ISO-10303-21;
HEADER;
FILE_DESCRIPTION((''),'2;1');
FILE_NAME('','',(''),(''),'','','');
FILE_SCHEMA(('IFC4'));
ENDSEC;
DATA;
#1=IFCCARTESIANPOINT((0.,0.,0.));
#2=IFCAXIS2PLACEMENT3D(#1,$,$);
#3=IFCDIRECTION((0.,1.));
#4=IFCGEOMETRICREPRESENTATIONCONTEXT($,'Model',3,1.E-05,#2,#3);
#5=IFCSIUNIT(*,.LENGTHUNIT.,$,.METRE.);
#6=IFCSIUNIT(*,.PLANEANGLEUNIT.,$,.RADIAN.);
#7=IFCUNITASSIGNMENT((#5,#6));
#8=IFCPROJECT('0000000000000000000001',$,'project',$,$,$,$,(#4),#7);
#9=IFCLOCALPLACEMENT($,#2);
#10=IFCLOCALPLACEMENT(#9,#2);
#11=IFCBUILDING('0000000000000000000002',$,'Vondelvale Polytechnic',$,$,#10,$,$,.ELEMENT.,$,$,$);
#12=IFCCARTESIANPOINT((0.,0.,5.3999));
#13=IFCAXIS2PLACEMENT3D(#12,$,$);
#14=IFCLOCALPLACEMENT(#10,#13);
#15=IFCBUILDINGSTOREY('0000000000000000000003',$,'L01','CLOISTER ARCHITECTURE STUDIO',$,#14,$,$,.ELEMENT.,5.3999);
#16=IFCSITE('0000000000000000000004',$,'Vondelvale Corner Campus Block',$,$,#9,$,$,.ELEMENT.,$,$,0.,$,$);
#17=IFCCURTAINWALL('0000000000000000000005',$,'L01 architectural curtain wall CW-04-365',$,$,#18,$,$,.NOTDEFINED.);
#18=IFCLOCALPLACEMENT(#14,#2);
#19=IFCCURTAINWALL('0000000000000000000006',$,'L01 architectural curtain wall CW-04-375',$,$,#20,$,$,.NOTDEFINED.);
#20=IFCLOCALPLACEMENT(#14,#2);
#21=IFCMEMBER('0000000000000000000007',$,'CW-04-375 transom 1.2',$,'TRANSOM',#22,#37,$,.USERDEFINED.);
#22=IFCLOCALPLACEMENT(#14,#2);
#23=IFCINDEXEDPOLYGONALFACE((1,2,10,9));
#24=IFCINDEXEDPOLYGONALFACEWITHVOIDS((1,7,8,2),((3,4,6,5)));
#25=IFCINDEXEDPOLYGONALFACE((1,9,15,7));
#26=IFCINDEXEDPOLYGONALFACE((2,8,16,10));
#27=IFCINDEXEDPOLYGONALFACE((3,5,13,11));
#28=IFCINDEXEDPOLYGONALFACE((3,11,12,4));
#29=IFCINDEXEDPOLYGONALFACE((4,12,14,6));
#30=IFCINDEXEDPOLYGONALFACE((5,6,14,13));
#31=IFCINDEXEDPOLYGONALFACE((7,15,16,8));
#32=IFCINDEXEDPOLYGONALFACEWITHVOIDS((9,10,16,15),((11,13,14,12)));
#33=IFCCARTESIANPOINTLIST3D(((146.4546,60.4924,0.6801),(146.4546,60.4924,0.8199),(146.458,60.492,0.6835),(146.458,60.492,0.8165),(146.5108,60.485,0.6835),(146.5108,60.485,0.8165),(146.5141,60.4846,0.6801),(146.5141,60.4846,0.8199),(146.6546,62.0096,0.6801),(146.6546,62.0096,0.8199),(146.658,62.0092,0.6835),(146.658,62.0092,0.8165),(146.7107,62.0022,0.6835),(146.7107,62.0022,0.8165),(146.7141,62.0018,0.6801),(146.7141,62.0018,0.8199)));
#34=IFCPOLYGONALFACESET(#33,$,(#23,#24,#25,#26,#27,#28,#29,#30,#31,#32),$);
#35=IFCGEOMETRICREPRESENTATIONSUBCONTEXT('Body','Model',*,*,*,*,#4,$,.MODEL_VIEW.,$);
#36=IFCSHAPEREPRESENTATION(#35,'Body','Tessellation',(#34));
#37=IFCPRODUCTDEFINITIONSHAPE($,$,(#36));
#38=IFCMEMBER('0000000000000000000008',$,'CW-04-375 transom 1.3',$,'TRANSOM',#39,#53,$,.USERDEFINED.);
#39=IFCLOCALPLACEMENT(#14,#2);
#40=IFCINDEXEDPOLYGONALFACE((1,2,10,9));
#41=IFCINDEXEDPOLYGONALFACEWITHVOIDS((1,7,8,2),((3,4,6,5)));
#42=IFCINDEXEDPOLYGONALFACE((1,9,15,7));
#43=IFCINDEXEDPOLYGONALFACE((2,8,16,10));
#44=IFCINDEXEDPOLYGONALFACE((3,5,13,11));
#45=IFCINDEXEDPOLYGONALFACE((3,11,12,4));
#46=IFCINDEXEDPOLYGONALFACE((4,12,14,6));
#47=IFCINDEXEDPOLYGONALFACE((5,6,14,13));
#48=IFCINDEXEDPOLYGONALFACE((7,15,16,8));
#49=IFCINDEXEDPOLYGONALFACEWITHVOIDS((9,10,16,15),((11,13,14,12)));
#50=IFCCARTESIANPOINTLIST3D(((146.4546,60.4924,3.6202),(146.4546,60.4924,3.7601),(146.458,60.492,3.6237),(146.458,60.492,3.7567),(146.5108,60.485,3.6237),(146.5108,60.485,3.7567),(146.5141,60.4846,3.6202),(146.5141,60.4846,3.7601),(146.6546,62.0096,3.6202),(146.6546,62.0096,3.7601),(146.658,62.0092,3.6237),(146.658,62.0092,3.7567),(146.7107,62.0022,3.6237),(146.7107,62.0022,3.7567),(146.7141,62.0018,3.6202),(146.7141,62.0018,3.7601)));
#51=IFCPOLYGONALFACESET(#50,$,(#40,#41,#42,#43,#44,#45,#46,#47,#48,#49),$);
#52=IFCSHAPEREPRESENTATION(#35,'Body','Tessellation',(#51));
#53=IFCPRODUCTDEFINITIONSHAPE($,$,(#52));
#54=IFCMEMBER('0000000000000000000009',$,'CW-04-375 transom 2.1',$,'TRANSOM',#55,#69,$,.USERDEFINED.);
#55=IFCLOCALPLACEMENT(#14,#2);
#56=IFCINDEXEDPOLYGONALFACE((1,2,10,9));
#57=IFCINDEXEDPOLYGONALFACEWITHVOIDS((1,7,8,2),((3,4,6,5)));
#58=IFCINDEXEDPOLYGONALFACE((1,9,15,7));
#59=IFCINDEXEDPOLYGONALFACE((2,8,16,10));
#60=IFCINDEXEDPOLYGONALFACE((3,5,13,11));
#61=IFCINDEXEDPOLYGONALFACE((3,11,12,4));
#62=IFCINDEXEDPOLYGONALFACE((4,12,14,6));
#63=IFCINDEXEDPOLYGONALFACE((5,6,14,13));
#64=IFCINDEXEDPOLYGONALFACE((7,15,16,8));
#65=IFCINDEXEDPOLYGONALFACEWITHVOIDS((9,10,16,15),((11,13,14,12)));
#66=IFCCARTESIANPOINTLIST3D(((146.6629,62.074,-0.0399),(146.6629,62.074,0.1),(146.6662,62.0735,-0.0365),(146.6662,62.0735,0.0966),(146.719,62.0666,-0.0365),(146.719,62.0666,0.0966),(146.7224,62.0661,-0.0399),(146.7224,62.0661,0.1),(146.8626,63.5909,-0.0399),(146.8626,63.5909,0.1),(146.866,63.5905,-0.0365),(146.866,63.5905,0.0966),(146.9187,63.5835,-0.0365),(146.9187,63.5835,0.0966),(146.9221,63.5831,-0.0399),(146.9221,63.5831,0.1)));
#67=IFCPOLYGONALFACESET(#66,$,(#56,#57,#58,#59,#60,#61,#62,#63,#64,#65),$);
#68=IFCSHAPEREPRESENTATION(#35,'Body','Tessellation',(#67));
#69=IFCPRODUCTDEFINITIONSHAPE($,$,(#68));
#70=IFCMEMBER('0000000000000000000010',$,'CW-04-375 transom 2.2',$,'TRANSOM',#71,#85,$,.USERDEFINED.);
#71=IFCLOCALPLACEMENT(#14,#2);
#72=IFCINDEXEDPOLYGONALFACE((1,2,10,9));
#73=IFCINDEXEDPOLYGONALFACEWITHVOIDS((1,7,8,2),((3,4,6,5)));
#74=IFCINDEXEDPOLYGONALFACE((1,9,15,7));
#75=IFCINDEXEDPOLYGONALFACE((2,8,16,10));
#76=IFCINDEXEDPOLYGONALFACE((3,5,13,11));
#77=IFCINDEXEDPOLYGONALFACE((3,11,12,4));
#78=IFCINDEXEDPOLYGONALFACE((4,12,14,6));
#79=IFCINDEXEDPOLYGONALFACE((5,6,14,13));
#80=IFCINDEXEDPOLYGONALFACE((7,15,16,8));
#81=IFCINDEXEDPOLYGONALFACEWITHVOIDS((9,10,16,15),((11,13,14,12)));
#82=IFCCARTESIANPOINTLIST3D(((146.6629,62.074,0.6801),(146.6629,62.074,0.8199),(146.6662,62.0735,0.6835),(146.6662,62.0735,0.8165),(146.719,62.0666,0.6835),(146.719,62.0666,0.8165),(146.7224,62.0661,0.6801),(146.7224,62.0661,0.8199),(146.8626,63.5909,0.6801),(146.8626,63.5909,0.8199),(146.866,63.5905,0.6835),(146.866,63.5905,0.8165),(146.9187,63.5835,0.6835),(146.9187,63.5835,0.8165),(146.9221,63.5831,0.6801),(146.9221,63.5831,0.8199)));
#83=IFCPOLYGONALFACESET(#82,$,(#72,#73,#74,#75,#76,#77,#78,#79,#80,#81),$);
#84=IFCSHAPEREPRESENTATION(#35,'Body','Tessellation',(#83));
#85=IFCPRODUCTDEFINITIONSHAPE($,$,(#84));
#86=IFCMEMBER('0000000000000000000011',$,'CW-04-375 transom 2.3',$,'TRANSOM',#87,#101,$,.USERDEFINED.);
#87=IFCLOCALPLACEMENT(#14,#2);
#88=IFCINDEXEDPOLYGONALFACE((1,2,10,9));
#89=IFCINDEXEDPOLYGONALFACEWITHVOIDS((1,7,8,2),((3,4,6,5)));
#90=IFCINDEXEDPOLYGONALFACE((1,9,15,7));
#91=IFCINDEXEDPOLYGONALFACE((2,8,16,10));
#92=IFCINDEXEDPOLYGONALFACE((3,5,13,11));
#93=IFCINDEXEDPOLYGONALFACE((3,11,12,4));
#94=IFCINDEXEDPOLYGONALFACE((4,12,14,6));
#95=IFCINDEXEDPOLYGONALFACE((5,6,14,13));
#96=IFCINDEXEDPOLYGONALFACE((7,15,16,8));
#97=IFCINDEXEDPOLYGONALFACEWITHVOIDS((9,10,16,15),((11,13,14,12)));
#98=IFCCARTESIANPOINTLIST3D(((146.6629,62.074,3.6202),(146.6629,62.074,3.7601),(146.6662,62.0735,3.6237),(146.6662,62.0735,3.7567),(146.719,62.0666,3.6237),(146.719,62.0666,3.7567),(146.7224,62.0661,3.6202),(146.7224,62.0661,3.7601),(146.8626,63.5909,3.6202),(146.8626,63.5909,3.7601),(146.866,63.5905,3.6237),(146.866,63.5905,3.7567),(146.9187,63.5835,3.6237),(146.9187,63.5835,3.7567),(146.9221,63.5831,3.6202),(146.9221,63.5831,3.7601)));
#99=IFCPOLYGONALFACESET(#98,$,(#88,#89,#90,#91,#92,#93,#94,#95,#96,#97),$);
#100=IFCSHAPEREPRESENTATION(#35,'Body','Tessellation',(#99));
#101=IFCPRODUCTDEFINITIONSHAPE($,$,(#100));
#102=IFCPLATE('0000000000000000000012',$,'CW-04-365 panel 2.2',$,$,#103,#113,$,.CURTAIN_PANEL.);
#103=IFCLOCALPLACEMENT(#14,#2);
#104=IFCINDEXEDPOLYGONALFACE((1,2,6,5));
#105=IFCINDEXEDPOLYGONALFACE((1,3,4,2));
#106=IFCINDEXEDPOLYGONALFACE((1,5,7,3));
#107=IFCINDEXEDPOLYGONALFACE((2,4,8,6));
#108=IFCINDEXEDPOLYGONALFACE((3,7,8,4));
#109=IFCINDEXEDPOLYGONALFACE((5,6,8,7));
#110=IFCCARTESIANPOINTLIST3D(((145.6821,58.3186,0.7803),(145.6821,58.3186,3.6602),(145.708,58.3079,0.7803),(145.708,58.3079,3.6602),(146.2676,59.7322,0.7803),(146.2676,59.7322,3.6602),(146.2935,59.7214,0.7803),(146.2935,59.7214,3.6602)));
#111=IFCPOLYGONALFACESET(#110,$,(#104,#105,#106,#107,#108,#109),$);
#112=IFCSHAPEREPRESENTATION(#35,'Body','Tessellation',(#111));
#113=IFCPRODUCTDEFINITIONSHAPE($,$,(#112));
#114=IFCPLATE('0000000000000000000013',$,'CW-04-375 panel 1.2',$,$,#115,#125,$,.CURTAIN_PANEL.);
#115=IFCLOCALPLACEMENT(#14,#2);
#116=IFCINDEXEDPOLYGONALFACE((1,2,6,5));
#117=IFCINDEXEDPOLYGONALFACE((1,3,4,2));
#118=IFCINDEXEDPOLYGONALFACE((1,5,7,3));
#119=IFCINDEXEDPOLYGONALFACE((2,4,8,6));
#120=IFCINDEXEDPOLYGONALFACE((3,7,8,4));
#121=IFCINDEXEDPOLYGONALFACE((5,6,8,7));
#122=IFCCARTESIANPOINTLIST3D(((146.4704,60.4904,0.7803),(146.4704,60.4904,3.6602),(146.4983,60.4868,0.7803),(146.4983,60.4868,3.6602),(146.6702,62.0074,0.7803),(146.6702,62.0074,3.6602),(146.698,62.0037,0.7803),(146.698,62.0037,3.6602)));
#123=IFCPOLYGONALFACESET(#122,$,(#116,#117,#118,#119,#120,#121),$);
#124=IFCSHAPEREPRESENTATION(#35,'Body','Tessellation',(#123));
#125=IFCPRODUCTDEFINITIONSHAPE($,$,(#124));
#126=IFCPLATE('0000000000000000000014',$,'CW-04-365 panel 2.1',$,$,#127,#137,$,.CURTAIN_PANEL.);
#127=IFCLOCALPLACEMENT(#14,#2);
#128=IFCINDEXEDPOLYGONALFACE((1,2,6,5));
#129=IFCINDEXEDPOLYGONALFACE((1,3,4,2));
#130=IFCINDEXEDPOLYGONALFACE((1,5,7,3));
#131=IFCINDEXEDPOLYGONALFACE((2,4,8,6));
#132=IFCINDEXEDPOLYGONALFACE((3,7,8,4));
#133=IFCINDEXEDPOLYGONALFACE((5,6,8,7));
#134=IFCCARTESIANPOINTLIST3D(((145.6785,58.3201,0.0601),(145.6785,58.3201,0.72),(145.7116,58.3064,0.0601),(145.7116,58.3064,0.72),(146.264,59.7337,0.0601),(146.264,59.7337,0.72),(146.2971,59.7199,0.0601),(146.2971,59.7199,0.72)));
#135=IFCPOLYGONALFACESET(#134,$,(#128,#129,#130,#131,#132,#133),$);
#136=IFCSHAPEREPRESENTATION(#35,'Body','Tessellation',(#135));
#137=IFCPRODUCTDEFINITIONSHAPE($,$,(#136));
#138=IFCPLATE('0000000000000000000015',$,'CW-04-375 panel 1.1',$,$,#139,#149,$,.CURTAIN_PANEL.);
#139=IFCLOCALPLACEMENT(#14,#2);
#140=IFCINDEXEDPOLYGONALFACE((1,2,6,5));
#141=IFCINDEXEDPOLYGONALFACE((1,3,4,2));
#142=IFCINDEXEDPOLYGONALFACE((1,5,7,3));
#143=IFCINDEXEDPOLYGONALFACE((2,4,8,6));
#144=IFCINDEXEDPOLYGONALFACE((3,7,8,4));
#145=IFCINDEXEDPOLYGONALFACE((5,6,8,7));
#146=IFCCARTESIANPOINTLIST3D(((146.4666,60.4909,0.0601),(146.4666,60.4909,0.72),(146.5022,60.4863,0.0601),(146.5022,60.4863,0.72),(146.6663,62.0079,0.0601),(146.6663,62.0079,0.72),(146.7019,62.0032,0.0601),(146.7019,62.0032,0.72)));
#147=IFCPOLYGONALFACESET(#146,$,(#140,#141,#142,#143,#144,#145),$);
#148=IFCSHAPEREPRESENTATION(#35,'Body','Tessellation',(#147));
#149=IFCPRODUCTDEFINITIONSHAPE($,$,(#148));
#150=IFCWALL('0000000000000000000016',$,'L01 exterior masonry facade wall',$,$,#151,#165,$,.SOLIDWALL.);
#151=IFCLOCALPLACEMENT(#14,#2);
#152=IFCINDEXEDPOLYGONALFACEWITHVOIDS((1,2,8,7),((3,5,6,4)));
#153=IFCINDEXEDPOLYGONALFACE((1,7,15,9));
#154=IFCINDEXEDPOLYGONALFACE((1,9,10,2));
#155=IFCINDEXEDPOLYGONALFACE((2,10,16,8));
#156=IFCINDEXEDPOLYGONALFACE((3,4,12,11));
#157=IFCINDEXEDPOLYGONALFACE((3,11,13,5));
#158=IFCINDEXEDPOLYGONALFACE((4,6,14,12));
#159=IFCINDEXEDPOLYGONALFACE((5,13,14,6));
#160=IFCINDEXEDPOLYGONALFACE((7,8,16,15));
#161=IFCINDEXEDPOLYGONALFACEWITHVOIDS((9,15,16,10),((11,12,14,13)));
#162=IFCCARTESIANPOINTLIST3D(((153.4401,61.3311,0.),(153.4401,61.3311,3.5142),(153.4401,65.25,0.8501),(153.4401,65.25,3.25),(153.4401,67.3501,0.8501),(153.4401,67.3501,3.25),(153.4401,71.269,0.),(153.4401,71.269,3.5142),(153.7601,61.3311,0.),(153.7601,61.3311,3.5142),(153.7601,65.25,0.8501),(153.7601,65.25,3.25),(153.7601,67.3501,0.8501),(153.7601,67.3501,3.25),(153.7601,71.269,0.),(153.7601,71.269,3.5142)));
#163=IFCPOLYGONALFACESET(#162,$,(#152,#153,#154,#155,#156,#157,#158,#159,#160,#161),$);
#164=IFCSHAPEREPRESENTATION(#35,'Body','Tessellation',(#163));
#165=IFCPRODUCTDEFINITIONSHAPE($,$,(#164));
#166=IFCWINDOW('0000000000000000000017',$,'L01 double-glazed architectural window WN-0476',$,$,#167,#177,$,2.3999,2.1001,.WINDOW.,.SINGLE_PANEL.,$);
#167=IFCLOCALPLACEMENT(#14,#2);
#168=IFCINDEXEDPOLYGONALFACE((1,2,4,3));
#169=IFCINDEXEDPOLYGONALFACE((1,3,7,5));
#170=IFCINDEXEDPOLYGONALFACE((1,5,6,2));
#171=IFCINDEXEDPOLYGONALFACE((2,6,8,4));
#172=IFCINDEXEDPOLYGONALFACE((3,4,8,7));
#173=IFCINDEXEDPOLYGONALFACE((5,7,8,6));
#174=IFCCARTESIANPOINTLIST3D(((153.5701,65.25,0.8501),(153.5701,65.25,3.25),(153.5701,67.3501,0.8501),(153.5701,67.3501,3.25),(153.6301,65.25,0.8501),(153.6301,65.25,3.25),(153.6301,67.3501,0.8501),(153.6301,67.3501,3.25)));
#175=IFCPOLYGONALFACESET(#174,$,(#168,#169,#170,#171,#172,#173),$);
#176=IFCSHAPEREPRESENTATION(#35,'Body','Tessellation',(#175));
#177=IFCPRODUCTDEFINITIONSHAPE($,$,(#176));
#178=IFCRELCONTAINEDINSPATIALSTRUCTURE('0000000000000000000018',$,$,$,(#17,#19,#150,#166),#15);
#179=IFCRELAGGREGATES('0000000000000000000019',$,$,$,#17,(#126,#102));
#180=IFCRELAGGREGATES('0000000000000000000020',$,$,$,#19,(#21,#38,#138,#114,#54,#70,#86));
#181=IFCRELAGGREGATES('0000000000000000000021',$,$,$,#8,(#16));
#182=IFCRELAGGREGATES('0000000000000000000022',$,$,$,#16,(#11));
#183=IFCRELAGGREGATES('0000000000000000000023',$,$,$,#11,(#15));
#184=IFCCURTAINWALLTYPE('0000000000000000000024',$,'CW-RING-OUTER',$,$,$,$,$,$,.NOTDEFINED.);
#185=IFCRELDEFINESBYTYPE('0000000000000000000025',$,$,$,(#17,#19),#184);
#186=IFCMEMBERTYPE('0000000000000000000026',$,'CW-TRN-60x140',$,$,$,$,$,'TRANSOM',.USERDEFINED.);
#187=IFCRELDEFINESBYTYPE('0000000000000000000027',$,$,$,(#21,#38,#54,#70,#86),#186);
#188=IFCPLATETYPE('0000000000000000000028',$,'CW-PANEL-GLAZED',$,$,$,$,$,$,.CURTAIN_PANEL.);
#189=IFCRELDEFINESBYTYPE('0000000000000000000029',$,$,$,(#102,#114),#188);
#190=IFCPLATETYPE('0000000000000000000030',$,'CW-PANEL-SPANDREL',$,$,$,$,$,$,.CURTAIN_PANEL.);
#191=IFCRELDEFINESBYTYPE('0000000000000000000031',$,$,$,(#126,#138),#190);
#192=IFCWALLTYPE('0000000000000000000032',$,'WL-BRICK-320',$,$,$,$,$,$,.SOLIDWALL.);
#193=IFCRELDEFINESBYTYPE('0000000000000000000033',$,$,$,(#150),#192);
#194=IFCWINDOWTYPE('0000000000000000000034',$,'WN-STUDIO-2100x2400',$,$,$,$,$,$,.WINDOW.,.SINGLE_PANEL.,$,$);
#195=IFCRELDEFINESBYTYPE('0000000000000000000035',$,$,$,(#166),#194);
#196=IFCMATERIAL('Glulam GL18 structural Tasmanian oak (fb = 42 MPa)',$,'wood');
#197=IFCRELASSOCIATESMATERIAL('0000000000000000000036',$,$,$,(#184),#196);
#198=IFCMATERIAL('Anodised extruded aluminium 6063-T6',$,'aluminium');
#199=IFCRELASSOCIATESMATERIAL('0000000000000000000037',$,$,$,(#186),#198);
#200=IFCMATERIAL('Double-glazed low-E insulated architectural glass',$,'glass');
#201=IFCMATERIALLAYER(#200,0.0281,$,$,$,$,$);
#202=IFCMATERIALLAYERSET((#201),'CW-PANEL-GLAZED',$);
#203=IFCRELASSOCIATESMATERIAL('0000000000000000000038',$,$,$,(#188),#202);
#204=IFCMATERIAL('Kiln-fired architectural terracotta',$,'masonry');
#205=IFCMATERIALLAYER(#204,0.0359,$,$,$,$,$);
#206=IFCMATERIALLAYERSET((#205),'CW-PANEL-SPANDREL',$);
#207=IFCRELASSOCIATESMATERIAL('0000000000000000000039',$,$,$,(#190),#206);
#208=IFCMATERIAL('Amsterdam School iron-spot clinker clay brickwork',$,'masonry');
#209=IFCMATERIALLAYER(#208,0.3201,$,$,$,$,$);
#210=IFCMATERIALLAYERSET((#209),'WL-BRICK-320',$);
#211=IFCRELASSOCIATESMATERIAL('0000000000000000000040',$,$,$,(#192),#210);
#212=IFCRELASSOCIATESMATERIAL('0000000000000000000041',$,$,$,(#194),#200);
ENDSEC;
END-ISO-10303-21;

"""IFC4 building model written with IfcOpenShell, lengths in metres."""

from ifc_helpers import new_model, si_unit, direction, frame, frame_2d, origin, origin_2d, place, context, subcontext, project, spatial, rectangle, hollow_rectangle, extrude, material, layer, layer_set, material_profile, profile_set, type_object, element, fill, aggregate, save


model = new_model("IFC4")

# Units and contexts
model_context = context("Model", 3, precision=1e-05, world=origin(), true_north=direction((0.0, 1.0)))
body_context = subcontext(model_context, "Body", "Model", "MODEL_VIEW")
ifc_project = project(units=[si_unit("LENGTHUNIT", "METRE"), si_unit("PLANEANGLEUNIT", "RADIAN")], contexts=[model_context])

# Site, building, storey
site_placement = place(None, origin())
site = spatial("IfcSite", under=ifc_project, at=site_placement, Name="Vondelvale Corner Campus Block", CompositionType="ELEMENT", RefElevation=0.0)
building_placement = place(site_placement, origin())
building = spatial("IfcBuilding", under=site, at=building_placement, Name="Vondelvale Polytechnic", CompositionType="ELEMENT")
storey_placement = place(building_placement, frame((0.0, 0.0, 5.3999)))
storey = spatial("IfcBuildingStorey", under=building, at=storey_placement, Name="L01", Description="CLOISTER ARCHITECTURE STUDIO", CompositionType="ELEMENT", Elevation=5.3999)

# Curtain walls
ifc_material_1 = material(Name="Glulam GL18 structural Tasmanian oak (fb = 42 MPa)", Category="wood")
curtain_wall_type = type_object("IfcCurtainWallType", Name="CW-RING-OUTER", PredefinedType="NOTDEFINED", material=ifc_material_1)
curtain_wall_1_placement = place(storey_placement, origin())
curtain_wall_1 = element("IfcCurtainWall", 1, at=curtain_wall_1_placement, inside=storey, type_object=curtain_wall_type, Name="L01 architectural curtain wall CW-04-365", PredefinedType="NOTDEFINED")
ifc_material_2 = material(Name="Anodised extruded aluminium 6063-T6", Category="aluminium")
curtain_wall_2_placement = place(storey_placement, origin())
curtain_wall_2 = element("IfcCurtainWall", 2, at=curtain_wall_2_placement, inside=storey, type_object=curtain_wall_type, Name="L01 architectural curtain wall CW-04-375", PredefinedType="NOTDEFINED")

# Members
ifc_material_profile_1 = material_profile(ifc_material_2, hollow_rectangle(XDim=0.0601, YDim=0.1399, WallThickness=0.0034, at=origin_2d()), Name="CW-TRN-140x60")
ifc_profile_set_1 = profile_set([ifc_material_profile_1], Name="Anodised extruded aluminium 6063-T6")
member_type_1 = type_object("IfcMemberType", Name="CW-TRN-60x140", ElementType="TRANSOM", PredefinedType="USERDEFINED", material=ifc_profile_set_1)
member_1_placement = place(storey_placement, frame((146.4844, 60.4885, 0.75), z_axis=(0.130669, 0.991426, 0.0), x_axis=(-0.991426, 0.130669, 0.0)))
member_1 = element("IfcMember", 3, at=member_1_placement, type_object=member_type_1, Name="CW-04-375 transom 1.2", ObjectType="TRANSOM", PredefinedType="USERDEFINED", context=body_context, shape_type="SweptSolid", body=[
    extrude(hollow_rectangle(XDim=0.0601, YDim=0.1399, WallThickness=0.0034, at=origin_2d()), origin(), (0.0, 0.0, 1.0), 1.5303),
])
member_2_placement = place(storey_placement, frame((146.4844, 60.4885, 3.6902), z_axis=(0.130669, 0.991426, 0.0), x_axis=(-0.991426, 0.130669, 0.0)))
member_2 = element("IfcMember", 4, at=member_2_placement, type_object=member_type_1, Name="CW-04-375 transom 1.3", ObjectType="TRANSOM", PredefinedType="USERDEFINED", context=body_context, shape_type="SweptSolid", body=[
    extrude(hollow_rectangle(XDim=0.0601, YDim=0.1399, WallThickness=0.0034, at=origin_2d()), origin(), (0.0, 0.0, 1.0), 1.5303),
])
member_3_placement = place(storey_placement, frame((146.6926, 62.0701, 0.03), z_axis=(0.130533, 0.991444, 0.0), x_axis=(-0.991444, 0.130533, 0.0)))
member_3 = element("IfcMember", 5, at=member_3_placement, type_object=member_type_1, Name="CW-04-375 transom 2.1", ObjectType="TRANSOM", PredefinedType="USERDEFINED", context=body_context, shape_type="SweptSolid", body=[
    extrude(hollow_rectangle(XDim=0.0601, YDim=0.1399, WallThickness=0.0034, at=origin_2d()), origin(), (0.0, 0.0, 1.0), 1.53),
])
member_4_placement = place(storey_placement, frame((146.6926, 62.0701, 0.75), z_axis=(0.130533, 0.991444, 0.0), x_axis=(-0.991444, 0.130533, 0.0)))
member_4 = element("IfcMember", 6, at=member_4_placement, type_object=member_type_1, Name="CW-04-375 transom 2.2", ObjectType="TRANSOM", PredefinedType="USERDEFINED", context=body_context, shape_type="SweptSolid", body=[
    extrude(hollow_rectangle(XDim=0.0601, YDim=0.1399, WallThickness=0.0034, at=origin_2d()), origin(), (0.0, 0.0, 1.0), 1.53),
])
member_5_placement = place(storey_placement, frame((146.6926, 62.0701, 3.6902), z_axis=(0.130533, 0.991444, 0.0), x_axis=(-0.991444, 0.130533, 0.0)))
member_5 = element("IfcMember", 7, at=member_5_placement, type_object=member_type_1, Name="CW-04-375 transom 2.3", ObjectType="TRANSOM", PredefinedType="USERDEFINED", context=body_context, shape_type="SweptSolid", body=[
    extrude(hollow_rectangle(XDim=0.0601, YDim=0.1399, WallThickness=0.0034, at=origin_2d()), origin(), (0.0, 0.0, 1.0), 1.53),
])

# Plates
ifc_material_3 = material(Name="Double-glazed low-E insulated architectural glass", Category="glass")
ifc_layer_1 = layer(ifc_material_3, 0.0281)
ifc_layer_set_1 = layer_set([ifc_layer_1], Name="CW-PANEL-GLAZED")
plate_type_1 = type_object("IfcPlateType", Name="CW-PANEL-GLAZED", PredefinedType="CURTAIN_PANEL", material=ifc_layer_set_1)
plate_1_placement = place(storey_placement, frame((145.9878, 59.02, 0.7803), z_axis=(0.0, 0.0, 1.0), x_axis=(0.382677, 0.923882, 0.0)))
plate_1 = element("IfcPlate", 8, at=plate_1_placement, type_object=plate_type_1, Name="CW-04-365 panel 2.2", PredefinedType="CURTAIN_PANEL", context=body_context, shape_type="SweptSolid", body=[
    extrude(rectangle(XDim=1.53, YDim=0.0281, at=origin_2d()), origin(), (0.0, 0.0, 1.0), 2.8799),
])
plate_2_placement = place(storey_placement, frame((146.5842, 61.2471, 0.7803), z_axis=(0.0, 0.0, 1.0), x_axis=(0.13054, 0.991443, 0.0)))
plate_2 = element("IfcPlate", 9, at=plate_2_placement, type_object=plate_type_1, Name="CW-04-375 panel 1.2", PredefinedType="CURTAIN_PANEL", context=body_context, shape_type="SweptSolid", body=[
    extrude(rectangle(XDim=1.53, YDim=0.0281, at=origin_2d()), origin(), (0.0, 0.0, 1.0), 2.8799),
])
ifc_material_4 = material(Name="Kiln-fired architectural terracotta", Category="masonry")
ifc_layer_2 = layer(ifc_material_4, 0.0359)
ifc_layer_set_2 = layer_set([ifc_layer_2], Name="CW-PANEL-SPANDREL")
plate_type_2 = type_object("IfcPlateType", Name="CW-PANEL-SPANDREL", PredefinedType="CURTAIN_PANEL", material=ifc_layer_set_2)
plate_3_placement = place(storey_placement, frame((145.9878, 59.02, 0.0601), z_axis=(0.0, 0.0, 1.0), x_axis=(0.382677, 0.923882, 0.0)))
plate_3 = element("IfcPlate", 10, at=plate_3_placement, type_object=plate_type_2, Name="CW-04-365 panel 2.1", PredefinedType="CURTAIN_PANEL", context=body_context, shape_type="SweptSolid", body=[
    extrude(rectangle(XDim=1.53, YDim=0.0359, at=origin_2d()), origin(), (0.0, 0.0, 1.0), 0.6599),
])
aggregate(curtain_wall_1, [plate_3, plate_1])
plate_4_placement = place(storey_placement, frame((146.5842, 61.2471, 0.0601), z_axis=(0.0, 0.0, 1.0), x_axis=(0.13054, 0.991443, 0.0)))
plate_4 = element("IfcPlate", 11, at=plate_4_placement, type_object=plate_type_2, Name="CW-04-375 panel 1.1", PredefinedType="CURTAIN_PANEL", context=body_context, shape_type="SweptSolid", body=[
    extrude(rectangle(XDim=1.53, YDim=0.0359, at=origin_2d()), origin(), (0.0, 0.0, 1.0), 0.6599),
])
aggregate(curtain_wall_2, [member_1, member_2, plate_4, plate_2, member_3, member_4, member_5])

# Wall, opening, window
ifc_material_5 = material(Name="Amsterdam School iron-spot clinker clay brickwork", Category="masonry")
ifc_layer_3 = layer(ifc_material_5, 0.3201)
ifc_layer_set_3 = layer_set([ifc_layer_3], Name="WL-BRICK-320")
wall_type = type_object("IfcWallType", Name="WL-BRICK-320", PredefinedType="SOLIDWALL", material=ifc_layer_set_3)
wall_placement = place(storey_placement, frame((153.6001, 61.3311, 0.0), z_axis=(0.0, 0.0, 1.0), x_axis=(0.0, 1.0, 0.0)))
wall = element("IfcWall", 12, at=wall_placement, inside=storey, type_object=wall_type, Name="L01 exterior masonry facade wall", PredefinedType="SOLIDWALL", context=body_context, shape_type="SweptSolid", body=[
    extrude(rectangle(XDim=9.938, YDim=0.3201, at=frame_2d((4.969, 0.0))), origin(), (0.0, 0.0, 1.0), 3.5142),
])
opening_placement = place(wall_placement, frame((3.9189, 0.0, 0.8501)))
opening = element("IfcOpeningElement", 13, at=opening_placement, cuts=wall, PredefinedType="OPENING", context=body_context, shape_type="SweptSolid", body=[
    extrude(rectangle(XDim=2.1001, YDim=2.3999, at=frame_2d((1.05, 1.2))), frame((0.0, 0.1699, 0.0), z_axis=(0.0, -1.0, 0.0), x_axis=(1.0, 0.0, 0.0)), (0.0, 0.0, 1.0), 0.3401),
])
window_type = type_object("IfcWindowType", Name="WN-STUDIO-2100x2400", PartitioningType="SINGLE_PANEL", PredefinedType="WINDOW", material=ifc_material_3)
window_placement = place(opening_placement, origin())
window = element("IfcWindow", 14, at=window_placement, inside=storey, type_object=window_type, Name="L01 double-glazed architectural window WN-0476", OverallHeight=2.3999, OverallWidth=2.1001, PartitioningType="SINGLE_PANEL", PredefinedType="WINDOW", context=body_context, shape_type="SweptSolid", body=[
    extrude(rectangle(XDim=2.1001, YDim=2.3999, at=frame_2d((1.05, 1.2))), frame((0.0, 0.03, 0.0), z_axis=(0.0, -1.0, 0.0), x_axis=(1.0, 0.0, 0.0)), (0.0, 0.0, 1.0), 0.0601),
])
fill(opening, window)

save(model, "model.ifc")
